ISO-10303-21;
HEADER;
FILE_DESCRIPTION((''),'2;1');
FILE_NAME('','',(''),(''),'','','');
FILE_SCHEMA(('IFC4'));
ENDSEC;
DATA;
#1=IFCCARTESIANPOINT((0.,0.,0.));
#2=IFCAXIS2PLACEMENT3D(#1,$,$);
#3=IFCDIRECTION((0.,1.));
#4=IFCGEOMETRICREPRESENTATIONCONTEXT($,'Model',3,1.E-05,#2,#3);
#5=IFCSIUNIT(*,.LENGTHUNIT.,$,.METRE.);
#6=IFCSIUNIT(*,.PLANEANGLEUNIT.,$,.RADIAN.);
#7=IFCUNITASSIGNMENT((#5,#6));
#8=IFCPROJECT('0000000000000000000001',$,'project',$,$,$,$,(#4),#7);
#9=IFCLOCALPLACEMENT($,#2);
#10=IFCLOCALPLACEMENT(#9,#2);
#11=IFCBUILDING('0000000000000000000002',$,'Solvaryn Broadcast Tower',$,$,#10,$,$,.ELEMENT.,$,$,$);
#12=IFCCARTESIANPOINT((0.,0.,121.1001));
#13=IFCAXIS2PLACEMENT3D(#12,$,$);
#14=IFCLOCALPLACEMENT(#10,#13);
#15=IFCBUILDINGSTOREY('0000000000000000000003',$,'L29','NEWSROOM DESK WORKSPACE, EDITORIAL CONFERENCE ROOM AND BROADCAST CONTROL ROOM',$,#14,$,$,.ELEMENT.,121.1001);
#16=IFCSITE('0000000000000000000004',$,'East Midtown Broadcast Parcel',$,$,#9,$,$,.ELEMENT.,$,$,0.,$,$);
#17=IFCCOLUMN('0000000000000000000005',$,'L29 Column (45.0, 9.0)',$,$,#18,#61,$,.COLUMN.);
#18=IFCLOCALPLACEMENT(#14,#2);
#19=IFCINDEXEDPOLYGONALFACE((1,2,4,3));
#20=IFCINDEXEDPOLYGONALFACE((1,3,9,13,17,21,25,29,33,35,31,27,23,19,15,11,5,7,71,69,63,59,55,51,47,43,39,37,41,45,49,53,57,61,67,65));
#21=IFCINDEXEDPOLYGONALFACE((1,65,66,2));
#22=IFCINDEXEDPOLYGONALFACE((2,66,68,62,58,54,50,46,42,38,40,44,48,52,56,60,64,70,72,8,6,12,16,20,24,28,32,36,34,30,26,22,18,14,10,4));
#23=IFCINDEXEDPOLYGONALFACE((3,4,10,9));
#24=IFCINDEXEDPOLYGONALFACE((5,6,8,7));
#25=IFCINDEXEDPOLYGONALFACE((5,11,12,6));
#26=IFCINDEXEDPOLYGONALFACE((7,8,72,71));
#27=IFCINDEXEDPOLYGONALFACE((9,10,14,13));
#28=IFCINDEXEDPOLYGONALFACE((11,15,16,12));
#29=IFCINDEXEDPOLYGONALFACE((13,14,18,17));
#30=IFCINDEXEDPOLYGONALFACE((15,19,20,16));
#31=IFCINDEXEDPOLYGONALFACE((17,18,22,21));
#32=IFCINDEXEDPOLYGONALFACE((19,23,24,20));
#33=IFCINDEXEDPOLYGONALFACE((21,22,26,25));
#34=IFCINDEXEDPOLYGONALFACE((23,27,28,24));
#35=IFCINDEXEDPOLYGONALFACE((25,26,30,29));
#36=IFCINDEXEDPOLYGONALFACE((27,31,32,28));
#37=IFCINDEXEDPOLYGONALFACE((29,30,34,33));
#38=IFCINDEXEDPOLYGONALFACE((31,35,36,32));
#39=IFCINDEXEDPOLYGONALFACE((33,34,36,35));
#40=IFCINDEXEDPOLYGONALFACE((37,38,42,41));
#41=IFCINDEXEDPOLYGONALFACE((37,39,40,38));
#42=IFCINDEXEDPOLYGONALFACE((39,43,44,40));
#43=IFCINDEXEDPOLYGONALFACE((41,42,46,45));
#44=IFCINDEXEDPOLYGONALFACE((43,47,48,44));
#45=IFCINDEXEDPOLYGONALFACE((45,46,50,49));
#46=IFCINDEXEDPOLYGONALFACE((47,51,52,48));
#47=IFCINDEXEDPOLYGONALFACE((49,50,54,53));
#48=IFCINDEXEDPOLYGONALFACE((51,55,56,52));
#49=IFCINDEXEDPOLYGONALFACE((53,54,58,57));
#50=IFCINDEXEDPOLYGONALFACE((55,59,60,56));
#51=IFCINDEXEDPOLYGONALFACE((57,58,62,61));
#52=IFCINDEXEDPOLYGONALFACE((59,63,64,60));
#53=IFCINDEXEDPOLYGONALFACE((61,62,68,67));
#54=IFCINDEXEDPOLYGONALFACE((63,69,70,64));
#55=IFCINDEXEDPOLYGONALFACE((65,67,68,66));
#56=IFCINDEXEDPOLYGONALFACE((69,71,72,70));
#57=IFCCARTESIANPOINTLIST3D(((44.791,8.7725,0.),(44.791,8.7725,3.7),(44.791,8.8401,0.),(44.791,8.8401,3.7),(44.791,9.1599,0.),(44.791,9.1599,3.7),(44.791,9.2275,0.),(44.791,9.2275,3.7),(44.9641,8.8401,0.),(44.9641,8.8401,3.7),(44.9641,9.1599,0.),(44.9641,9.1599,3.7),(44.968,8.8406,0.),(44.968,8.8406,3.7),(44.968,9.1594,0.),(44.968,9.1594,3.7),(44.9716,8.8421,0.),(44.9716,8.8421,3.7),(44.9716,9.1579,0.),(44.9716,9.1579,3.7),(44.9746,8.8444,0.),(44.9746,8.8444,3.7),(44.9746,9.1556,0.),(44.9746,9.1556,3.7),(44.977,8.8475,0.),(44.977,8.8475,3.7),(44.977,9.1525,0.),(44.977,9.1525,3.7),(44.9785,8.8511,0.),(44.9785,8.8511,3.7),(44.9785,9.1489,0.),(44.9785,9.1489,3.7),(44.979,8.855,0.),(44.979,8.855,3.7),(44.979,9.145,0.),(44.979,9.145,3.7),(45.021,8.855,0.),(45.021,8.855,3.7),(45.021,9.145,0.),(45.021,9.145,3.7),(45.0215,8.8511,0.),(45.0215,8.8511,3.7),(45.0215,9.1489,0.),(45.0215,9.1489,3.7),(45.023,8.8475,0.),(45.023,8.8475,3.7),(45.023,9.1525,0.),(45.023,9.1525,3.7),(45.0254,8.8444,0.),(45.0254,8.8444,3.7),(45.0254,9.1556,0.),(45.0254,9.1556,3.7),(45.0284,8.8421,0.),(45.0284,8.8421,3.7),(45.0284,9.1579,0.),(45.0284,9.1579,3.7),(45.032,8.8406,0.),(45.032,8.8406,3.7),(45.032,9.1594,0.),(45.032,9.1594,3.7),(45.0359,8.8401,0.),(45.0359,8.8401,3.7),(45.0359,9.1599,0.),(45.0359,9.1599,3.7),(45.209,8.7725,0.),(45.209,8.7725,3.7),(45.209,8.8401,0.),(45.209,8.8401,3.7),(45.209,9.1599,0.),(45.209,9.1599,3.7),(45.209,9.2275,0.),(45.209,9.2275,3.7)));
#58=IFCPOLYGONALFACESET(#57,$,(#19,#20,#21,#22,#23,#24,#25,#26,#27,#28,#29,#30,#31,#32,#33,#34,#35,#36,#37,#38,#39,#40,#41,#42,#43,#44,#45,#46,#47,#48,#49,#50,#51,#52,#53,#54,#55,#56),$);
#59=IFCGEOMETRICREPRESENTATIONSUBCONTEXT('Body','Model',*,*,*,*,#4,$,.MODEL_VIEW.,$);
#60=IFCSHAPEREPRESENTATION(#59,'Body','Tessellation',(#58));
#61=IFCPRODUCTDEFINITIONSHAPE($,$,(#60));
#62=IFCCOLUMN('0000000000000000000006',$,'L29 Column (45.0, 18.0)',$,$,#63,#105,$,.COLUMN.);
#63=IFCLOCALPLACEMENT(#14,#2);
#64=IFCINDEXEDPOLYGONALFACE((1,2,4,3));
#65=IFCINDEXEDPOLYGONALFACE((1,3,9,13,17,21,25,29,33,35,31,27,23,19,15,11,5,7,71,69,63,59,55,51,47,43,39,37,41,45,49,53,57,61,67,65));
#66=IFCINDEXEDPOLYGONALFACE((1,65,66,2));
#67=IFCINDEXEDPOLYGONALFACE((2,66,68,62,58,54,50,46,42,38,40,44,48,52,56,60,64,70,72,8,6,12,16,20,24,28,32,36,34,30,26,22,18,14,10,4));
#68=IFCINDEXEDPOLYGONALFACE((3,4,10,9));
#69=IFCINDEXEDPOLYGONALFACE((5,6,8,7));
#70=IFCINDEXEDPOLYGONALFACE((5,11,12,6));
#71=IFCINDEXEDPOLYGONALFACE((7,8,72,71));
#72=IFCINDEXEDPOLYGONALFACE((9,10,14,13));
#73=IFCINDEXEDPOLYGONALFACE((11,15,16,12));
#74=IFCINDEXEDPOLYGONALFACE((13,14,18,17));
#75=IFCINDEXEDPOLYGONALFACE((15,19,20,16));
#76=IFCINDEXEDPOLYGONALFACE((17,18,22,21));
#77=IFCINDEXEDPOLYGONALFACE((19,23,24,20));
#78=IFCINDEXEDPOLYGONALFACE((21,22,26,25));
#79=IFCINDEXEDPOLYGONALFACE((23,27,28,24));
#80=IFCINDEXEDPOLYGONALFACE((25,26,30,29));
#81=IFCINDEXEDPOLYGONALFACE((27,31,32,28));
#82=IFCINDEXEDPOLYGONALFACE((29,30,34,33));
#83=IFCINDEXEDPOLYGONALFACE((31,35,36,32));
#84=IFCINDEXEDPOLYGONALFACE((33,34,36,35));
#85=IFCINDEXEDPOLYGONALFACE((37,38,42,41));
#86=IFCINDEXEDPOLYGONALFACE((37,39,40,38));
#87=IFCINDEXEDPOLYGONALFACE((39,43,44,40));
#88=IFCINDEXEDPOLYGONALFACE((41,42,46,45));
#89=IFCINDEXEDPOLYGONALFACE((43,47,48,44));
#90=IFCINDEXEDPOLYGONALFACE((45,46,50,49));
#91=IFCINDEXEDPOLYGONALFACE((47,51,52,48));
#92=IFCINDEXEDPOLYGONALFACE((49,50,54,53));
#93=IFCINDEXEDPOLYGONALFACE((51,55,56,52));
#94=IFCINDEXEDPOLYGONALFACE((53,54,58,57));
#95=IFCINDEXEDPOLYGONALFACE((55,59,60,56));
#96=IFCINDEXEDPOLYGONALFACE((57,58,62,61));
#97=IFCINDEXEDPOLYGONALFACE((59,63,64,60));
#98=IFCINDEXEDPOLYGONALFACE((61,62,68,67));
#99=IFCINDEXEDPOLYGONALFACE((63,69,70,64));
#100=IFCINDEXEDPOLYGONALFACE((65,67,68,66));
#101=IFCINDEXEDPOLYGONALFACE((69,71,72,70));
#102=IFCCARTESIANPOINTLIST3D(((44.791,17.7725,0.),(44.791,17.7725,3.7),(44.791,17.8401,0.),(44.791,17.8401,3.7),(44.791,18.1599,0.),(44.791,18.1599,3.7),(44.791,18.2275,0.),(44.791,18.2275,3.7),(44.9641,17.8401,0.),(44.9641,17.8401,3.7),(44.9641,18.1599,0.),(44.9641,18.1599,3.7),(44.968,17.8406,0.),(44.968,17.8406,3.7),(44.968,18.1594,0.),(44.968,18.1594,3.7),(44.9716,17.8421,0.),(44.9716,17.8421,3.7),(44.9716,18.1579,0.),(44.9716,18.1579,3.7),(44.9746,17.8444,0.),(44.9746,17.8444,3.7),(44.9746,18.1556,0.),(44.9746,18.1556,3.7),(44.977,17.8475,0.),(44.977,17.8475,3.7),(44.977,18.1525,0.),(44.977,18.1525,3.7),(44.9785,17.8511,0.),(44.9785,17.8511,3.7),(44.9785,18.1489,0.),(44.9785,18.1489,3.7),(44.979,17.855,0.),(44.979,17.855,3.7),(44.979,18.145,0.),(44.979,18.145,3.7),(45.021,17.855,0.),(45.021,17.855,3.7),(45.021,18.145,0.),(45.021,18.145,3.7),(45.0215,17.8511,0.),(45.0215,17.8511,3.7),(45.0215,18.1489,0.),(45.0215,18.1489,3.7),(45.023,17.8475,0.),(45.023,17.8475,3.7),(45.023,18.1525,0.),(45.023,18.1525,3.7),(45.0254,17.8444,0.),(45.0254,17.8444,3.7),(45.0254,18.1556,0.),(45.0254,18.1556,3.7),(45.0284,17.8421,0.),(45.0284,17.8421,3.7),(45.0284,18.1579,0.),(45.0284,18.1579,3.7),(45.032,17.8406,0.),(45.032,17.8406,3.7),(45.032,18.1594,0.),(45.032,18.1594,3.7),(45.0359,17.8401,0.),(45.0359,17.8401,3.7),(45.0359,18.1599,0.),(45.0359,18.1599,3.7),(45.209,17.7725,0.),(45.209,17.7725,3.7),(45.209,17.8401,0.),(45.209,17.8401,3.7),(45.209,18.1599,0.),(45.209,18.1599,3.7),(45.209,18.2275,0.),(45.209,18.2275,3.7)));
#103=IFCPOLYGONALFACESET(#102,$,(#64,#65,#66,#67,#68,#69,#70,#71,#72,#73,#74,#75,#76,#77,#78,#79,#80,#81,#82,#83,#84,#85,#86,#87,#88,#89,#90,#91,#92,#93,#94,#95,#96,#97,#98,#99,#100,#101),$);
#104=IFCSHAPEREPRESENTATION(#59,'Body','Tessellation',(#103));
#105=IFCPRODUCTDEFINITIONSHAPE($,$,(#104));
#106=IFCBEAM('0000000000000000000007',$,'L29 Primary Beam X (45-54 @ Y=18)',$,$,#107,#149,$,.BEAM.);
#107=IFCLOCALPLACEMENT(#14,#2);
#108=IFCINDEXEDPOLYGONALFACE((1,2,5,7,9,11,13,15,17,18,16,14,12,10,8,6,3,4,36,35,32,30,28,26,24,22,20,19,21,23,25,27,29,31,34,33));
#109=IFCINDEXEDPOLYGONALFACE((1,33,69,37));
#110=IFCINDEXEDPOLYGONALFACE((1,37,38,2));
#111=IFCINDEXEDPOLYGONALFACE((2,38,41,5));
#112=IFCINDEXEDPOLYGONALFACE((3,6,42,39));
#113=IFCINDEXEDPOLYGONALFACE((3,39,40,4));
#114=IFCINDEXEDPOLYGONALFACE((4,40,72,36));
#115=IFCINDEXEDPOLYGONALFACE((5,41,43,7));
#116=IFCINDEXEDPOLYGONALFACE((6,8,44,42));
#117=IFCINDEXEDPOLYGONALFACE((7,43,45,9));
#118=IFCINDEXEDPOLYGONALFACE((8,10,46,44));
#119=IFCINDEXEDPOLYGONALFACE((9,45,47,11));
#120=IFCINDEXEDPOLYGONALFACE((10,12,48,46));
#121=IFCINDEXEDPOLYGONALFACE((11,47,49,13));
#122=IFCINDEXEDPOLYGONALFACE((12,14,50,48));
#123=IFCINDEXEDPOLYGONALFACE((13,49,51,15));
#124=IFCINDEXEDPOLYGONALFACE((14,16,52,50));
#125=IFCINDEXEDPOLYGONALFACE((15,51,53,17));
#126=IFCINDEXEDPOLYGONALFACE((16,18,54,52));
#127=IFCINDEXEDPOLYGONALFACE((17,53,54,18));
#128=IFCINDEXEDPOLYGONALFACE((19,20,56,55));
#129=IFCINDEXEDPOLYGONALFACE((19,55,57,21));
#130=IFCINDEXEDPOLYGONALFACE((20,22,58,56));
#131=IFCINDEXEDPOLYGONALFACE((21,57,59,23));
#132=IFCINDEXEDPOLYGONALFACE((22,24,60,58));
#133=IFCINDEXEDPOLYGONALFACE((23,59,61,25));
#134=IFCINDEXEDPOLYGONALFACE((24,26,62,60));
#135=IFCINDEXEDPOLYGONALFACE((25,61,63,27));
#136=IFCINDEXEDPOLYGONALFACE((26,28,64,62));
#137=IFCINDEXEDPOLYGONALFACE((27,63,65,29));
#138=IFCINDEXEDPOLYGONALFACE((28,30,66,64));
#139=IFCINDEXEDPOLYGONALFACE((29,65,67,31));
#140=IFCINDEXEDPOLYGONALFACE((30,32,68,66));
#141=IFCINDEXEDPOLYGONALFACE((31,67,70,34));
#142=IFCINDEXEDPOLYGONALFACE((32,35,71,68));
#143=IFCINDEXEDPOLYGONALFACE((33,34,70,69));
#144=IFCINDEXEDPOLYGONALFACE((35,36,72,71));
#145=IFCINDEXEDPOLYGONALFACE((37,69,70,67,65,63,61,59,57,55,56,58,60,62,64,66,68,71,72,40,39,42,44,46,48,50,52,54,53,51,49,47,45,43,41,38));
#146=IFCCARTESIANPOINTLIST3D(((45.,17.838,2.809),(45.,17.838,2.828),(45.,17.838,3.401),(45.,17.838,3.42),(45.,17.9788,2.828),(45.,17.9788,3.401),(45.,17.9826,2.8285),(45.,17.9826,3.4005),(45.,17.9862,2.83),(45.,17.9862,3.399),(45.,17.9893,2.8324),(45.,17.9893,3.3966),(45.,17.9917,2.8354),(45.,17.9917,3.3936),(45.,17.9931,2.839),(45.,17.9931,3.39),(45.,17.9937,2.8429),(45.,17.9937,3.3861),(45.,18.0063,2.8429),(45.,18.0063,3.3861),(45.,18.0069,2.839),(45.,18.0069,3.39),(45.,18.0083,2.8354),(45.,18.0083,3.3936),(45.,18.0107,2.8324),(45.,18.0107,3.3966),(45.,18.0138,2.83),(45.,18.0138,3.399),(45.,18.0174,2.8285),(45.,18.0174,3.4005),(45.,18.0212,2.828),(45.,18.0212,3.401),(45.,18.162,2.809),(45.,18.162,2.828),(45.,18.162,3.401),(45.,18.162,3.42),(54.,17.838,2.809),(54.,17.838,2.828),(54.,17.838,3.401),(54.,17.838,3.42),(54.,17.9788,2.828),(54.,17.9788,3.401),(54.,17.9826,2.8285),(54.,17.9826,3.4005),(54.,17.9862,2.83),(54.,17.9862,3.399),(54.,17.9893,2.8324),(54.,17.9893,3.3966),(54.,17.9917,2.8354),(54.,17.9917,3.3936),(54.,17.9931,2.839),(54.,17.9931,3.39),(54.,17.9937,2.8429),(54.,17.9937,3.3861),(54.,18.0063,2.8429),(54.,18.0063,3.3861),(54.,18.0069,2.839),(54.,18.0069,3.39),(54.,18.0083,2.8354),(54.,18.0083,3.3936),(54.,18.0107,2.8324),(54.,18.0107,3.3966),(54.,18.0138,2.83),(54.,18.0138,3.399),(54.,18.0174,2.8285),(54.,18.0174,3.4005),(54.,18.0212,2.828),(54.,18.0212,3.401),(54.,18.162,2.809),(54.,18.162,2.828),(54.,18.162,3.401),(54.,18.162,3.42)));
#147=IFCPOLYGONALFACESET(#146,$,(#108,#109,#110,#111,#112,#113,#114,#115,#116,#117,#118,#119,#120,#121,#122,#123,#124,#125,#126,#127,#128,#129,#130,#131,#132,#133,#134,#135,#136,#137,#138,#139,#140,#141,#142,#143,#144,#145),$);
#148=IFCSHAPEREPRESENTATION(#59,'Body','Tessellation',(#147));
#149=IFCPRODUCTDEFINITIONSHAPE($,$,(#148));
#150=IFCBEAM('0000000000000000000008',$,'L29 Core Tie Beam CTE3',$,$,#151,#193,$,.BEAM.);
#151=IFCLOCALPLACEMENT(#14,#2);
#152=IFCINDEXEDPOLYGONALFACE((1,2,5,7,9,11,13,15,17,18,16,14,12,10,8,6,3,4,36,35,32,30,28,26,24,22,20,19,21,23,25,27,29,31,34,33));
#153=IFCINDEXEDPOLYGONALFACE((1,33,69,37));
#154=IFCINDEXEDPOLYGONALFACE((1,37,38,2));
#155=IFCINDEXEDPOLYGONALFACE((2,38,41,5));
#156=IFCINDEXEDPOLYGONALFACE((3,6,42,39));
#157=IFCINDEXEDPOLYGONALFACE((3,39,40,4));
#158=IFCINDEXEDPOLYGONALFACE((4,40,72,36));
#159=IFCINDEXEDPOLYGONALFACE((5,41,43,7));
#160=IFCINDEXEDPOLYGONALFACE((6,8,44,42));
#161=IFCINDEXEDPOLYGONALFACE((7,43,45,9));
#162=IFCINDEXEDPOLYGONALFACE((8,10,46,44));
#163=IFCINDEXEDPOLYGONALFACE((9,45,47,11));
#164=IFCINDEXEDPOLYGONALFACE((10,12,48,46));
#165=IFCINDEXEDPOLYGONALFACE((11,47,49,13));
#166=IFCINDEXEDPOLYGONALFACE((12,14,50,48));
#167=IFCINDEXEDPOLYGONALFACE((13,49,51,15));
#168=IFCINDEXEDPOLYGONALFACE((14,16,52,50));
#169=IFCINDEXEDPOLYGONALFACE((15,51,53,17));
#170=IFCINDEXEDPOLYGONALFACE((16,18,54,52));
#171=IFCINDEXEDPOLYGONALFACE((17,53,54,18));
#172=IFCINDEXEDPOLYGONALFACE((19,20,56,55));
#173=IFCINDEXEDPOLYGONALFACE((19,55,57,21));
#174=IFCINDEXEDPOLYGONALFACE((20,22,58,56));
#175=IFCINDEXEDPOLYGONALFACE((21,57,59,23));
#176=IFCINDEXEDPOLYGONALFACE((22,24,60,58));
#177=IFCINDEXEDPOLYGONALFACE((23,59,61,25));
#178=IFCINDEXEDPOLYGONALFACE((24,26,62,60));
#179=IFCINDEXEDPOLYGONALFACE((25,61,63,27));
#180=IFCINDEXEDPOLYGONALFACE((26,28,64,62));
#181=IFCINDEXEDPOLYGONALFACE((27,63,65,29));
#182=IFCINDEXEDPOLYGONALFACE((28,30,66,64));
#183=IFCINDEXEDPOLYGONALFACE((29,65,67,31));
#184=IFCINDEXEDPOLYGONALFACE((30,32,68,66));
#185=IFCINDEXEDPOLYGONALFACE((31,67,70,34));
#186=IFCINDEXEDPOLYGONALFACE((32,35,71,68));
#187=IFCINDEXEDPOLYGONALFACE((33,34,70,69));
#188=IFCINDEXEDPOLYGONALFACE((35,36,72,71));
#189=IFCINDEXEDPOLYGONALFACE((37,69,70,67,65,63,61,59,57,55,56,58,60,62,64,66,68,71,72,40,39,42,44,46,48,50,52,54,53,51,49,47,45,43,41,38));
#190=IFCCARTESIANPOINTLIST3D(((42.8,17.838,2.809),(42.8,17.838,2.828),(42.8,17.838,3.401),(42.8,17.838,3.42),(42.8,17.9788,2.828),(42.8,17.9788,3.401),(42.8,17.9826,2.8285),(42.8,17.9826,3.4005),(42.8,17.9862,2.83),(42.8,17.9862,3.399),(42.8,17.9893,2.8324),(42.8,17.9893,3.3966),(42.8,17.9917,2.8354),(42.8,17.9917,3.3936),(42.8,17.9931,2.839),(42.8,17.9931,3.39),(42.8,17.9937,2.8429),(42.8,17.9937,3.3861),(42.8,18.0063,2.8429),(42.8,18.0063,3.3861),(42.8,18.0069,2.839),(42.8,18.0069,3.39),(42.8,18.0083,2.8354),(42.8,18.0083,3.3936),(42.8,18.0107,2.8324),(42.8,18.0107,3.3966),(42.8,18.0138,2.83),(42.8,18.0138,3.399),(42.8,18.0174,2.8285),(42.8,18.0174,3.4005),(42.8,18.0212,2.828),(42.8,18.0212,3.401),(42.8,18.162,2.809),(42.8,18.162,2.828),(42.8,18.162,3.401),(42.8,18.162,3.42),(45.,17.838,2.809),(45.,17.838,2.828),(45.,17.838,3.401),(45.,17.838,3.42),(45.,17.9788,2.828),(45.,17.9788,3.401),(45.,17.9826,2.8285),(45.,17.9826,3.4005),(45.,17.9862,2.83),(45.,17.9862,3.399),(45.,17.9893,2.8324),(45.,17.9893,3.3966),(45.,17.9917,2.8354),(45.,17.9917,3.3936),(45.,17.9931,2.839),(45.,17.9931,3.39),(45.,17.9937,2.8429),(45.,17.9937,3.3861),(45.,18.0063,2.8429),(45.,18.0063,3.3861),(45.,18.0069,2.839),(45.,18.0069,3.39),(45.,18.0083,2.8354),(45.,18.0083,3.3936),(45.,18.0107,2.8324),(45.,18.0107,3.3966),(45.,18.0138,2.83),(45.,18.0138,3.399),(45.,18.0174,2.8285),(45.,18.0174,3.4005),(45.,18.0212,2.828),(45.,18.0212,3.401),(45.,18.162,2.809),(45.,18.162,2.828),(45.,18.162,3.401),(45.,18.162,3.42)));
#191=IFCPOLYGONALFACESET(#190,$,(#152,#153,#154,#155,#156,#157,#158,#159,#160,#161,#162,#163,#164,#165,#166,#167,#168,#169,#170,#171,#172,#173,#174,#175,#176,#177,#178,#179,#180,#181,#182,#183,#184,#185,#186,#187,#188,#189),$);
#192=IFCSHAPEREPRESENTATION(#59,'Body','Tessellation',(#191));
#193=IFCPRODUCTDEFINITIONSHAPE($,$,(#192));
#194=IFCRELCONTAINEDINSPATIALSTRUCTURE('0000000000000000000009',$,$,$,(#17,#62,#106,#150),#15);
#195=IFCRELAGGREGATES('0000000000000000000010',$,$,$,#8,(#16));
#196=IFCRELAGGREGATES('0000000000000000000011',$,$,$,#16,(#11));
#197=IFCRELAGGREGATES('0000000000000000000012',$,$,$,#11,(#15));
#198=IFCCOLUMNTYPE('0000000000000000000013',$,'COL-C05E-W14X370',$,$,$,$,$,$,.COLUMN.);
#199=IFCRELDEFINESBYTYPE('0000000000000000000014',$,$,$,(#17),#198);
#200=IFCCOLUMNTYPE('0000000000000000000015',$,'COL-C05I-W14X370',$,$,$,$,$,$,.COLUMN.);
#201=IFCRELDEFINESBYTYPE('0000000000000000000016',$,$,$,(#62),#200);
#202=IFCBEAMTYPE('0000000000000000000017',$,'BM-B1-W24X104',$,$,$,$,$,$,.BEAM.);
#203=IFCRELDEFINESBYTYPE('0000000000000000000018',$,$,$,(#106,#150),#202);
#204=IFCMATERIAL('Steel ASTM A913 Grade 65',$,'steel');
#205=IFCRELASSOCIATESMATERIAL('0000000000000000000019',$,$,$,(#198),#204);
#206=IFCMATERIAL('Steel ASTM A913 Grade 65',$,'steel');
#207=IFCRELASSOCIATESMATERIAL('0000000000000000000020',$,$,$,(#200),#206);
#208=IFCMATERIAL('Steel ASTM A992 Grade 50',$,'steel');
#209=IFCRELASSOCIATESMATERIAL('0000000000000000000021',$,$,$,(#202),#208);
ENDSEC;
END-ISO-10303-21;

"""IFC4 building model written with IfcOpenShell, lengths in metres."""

from ifc_helpers import new_model, si_unit, direction, frame, origin, origin_2d, place, context, subcontext, project, spatial, i_section, extrude, material, material_profile, profile_set, type_object, element, save


model = new_model("IFC4")

# Units and contexts
model_context = context("Model", 3, precision=1e-05, world=origin(), true_north=direction((0.0, 1.0)))
body_context = subcontext(model_context, "Body", "Model", "MODEL_VIEW")
ifc_project = project(units=[si_unit("LENGTHUNIT", "METRE"), si_unit("PLANEANGLEUNIT", "RADIAN")], contexts=[model_context])

# Site, building, storey
site_placement = place(None, origin())
site = spatial("IfcSite", under=ifc_project, at=site_placement, Name="East Midtown Broadcast Parcel", CompositionType="ELEMENT", RefElevation=0.0)
building_placement = place(site_placement, origin())
building = spatial("IfcBuilding", under=site, at=building_placement, Name="Solvaryn Broadcast Tower", CompositionType="ELEMENT")
storey_placement = place(building_placement, frame((0.0, 0.0, 121.1001)))
storey = spatial("IfcBuildingStorey", under=building, at=storey_placement, Name="L29", Description="NEWSROOM DESK WORKSPACE, EDITORIAL CONFERENCE ROOM AND BROADCAST CONTROL ROOM", CompositionType="ELEMENT", Elevation=121.1001)

# Columns
ifc_material_1 = material(Name="Steel ASTM A913 Grade 65", Category="steel")
ifc_material_profile_1 = material_profile(ifc_material_1, i_section(OverallWidth=0.418, OverallDepth=0.4551, WebThickness=0.042, FlangeThickness=0.0676, FilletRadius=0.0149, at=origin_2d()))
ifc_profile_set_1 = profile_set([ifc_material_profile_1], Name="Steel ASTM A913 Grade 65")
column_type_1 = type_object("IfcColumnType", Name="COL-C05E-W14X370", PredefinedType="COLUMN", material=ifc_profile_set_1)
column_1_placement = place(storey_placement, frame((45.0, 9.0, 0.0), z_axis=(0.0, 0.0, 1.0), x_axis=(1.0, 0.0, 0.0)))
element("IfcColumn", 1, at=column_1_placement, inside=storey, type_object=column_type_1, Name="L29 Column (45.0, 9.0)", PredefinedType="COLUMN", context=body_context, shape_type="SweptSolid", body=[
    extrude(i_section(OverallWidth=0.418, OverallDepth=0.4551, WebThickness=0.042, FlangeThickness=0.0676, FilletRadius=0.0149, at=origin_2d()), origin(), (0.0, 0.0, 1.0), 3.7),
])
ifc_material_2 = material(Name="Steel ASTM A913 Grade 65", Category="steel")
ifc_material_profile_2 = material_profile(ifc_material_2, i_section(OverallWidth=0.418, OverallDepth=0.4551, WebThickness=0.042, FlangeThickness=0.0676, FilletRadius=0.0149, at=origin_2d()))
ifc_profile_set_2 = profile_set([ifc_material_profile_2], Name="Steel ASTM A913 Grade 65")
column_type_2 = type_object("IfcColumnType", Name="COL-C05I-W14X370", PredefinedType="COLUMN", material=ifc_profile_set_2)
column_2_placement = place(storey_placement, frame((45.0, 18.0, 0.0), z_axis=(0.0, 0.0, 1.0), x_axis=(1.0, 0.0, 0.0)))
element("IfcColumn", 2, at=column_2_placement, inside=storey, type_object=column_type_2, Name="L29 Column (45.0, 18.0)", PredefinedType="COLUMN", context=body_context, shape_type="SweptSolid", body=[
    extrude(i_section(OverallWidth=0.418, OverallDepth=0.4551, WebThickness=0.042, FlangeThickness=0.0676, FilletRadius=0.0149, at=origin_2d()), origin(), (0.0, 0.0, 1.0), 3.7),
])

# Beams
ifc_material_3 = material(Name="Steel ASTM A992 Grade 50", Category="steel")
ifc_material_profile_3 = material_profile(ifc_material_3, i_section(OverallWidth=0.324, OverallDepth=0.6111, WebThickness=0.0127, FlangeThickness=0.019, FilletRadius=0.0149, at=origin_2d()))
ifc_profile_set_3 = profile_set([ifc_material_profile_3], Name="Steel ASTM A992 Grade 50")
beam_type = type_object("IfcBeamType", Name="BM-B1-W24X104", PredefinedType="BEAM", material=ifc_profile_set_3)
beam_1_placement = place(storey_placement, frame((45.0, 18.0, 3.1145), z_axis=(1.0, 0.0, 0.0), x_axis=(0.0, 1.0, 0.0)))
element("IfcBeam", 3, at=beam_1_placement, inside=storey, type_object=beam_type, Name="L29 Primary Beam X (45-54 @ Y=18)", PredefinedType="BEAM", context=body_context, shape_type="SweptSolid", body=[
    extrude(i_section(OverallWidth=0.324, OverallDepth=0.6111, WebThickness=0.0127, FlangeThickness=0.019, FilletRadius=0.0149, at=origin_2d()), origin(), (0.0, 0.0, 1.0), 9.0),
])
beam_2_placement = place(storey_placement, frame((42.8, 18.0, 3.1145), z_axis=(1.0, 0.0, 0.0), x_axis=(0.0, 1.0, 0.0)))
element("IfcBeam", 4, at=beam_2_placement, inside=storey, type_object=beam_type, Name="L29 Core Tie Beam CTE3", PredefinedType="BEAM", context=body_context, shape_type="SweptSolid", body=[
    extrude(i_section(OverallWidth=0.324, OverallDepth=0.6111, WebThickness=0.0127, FlangeThickness=0.019, FilletRadius=0.0149, at=origin_2d()), origin(), (0.0, 0.0, 1.0), 2.2),
])

save(model, "model.ifc")
